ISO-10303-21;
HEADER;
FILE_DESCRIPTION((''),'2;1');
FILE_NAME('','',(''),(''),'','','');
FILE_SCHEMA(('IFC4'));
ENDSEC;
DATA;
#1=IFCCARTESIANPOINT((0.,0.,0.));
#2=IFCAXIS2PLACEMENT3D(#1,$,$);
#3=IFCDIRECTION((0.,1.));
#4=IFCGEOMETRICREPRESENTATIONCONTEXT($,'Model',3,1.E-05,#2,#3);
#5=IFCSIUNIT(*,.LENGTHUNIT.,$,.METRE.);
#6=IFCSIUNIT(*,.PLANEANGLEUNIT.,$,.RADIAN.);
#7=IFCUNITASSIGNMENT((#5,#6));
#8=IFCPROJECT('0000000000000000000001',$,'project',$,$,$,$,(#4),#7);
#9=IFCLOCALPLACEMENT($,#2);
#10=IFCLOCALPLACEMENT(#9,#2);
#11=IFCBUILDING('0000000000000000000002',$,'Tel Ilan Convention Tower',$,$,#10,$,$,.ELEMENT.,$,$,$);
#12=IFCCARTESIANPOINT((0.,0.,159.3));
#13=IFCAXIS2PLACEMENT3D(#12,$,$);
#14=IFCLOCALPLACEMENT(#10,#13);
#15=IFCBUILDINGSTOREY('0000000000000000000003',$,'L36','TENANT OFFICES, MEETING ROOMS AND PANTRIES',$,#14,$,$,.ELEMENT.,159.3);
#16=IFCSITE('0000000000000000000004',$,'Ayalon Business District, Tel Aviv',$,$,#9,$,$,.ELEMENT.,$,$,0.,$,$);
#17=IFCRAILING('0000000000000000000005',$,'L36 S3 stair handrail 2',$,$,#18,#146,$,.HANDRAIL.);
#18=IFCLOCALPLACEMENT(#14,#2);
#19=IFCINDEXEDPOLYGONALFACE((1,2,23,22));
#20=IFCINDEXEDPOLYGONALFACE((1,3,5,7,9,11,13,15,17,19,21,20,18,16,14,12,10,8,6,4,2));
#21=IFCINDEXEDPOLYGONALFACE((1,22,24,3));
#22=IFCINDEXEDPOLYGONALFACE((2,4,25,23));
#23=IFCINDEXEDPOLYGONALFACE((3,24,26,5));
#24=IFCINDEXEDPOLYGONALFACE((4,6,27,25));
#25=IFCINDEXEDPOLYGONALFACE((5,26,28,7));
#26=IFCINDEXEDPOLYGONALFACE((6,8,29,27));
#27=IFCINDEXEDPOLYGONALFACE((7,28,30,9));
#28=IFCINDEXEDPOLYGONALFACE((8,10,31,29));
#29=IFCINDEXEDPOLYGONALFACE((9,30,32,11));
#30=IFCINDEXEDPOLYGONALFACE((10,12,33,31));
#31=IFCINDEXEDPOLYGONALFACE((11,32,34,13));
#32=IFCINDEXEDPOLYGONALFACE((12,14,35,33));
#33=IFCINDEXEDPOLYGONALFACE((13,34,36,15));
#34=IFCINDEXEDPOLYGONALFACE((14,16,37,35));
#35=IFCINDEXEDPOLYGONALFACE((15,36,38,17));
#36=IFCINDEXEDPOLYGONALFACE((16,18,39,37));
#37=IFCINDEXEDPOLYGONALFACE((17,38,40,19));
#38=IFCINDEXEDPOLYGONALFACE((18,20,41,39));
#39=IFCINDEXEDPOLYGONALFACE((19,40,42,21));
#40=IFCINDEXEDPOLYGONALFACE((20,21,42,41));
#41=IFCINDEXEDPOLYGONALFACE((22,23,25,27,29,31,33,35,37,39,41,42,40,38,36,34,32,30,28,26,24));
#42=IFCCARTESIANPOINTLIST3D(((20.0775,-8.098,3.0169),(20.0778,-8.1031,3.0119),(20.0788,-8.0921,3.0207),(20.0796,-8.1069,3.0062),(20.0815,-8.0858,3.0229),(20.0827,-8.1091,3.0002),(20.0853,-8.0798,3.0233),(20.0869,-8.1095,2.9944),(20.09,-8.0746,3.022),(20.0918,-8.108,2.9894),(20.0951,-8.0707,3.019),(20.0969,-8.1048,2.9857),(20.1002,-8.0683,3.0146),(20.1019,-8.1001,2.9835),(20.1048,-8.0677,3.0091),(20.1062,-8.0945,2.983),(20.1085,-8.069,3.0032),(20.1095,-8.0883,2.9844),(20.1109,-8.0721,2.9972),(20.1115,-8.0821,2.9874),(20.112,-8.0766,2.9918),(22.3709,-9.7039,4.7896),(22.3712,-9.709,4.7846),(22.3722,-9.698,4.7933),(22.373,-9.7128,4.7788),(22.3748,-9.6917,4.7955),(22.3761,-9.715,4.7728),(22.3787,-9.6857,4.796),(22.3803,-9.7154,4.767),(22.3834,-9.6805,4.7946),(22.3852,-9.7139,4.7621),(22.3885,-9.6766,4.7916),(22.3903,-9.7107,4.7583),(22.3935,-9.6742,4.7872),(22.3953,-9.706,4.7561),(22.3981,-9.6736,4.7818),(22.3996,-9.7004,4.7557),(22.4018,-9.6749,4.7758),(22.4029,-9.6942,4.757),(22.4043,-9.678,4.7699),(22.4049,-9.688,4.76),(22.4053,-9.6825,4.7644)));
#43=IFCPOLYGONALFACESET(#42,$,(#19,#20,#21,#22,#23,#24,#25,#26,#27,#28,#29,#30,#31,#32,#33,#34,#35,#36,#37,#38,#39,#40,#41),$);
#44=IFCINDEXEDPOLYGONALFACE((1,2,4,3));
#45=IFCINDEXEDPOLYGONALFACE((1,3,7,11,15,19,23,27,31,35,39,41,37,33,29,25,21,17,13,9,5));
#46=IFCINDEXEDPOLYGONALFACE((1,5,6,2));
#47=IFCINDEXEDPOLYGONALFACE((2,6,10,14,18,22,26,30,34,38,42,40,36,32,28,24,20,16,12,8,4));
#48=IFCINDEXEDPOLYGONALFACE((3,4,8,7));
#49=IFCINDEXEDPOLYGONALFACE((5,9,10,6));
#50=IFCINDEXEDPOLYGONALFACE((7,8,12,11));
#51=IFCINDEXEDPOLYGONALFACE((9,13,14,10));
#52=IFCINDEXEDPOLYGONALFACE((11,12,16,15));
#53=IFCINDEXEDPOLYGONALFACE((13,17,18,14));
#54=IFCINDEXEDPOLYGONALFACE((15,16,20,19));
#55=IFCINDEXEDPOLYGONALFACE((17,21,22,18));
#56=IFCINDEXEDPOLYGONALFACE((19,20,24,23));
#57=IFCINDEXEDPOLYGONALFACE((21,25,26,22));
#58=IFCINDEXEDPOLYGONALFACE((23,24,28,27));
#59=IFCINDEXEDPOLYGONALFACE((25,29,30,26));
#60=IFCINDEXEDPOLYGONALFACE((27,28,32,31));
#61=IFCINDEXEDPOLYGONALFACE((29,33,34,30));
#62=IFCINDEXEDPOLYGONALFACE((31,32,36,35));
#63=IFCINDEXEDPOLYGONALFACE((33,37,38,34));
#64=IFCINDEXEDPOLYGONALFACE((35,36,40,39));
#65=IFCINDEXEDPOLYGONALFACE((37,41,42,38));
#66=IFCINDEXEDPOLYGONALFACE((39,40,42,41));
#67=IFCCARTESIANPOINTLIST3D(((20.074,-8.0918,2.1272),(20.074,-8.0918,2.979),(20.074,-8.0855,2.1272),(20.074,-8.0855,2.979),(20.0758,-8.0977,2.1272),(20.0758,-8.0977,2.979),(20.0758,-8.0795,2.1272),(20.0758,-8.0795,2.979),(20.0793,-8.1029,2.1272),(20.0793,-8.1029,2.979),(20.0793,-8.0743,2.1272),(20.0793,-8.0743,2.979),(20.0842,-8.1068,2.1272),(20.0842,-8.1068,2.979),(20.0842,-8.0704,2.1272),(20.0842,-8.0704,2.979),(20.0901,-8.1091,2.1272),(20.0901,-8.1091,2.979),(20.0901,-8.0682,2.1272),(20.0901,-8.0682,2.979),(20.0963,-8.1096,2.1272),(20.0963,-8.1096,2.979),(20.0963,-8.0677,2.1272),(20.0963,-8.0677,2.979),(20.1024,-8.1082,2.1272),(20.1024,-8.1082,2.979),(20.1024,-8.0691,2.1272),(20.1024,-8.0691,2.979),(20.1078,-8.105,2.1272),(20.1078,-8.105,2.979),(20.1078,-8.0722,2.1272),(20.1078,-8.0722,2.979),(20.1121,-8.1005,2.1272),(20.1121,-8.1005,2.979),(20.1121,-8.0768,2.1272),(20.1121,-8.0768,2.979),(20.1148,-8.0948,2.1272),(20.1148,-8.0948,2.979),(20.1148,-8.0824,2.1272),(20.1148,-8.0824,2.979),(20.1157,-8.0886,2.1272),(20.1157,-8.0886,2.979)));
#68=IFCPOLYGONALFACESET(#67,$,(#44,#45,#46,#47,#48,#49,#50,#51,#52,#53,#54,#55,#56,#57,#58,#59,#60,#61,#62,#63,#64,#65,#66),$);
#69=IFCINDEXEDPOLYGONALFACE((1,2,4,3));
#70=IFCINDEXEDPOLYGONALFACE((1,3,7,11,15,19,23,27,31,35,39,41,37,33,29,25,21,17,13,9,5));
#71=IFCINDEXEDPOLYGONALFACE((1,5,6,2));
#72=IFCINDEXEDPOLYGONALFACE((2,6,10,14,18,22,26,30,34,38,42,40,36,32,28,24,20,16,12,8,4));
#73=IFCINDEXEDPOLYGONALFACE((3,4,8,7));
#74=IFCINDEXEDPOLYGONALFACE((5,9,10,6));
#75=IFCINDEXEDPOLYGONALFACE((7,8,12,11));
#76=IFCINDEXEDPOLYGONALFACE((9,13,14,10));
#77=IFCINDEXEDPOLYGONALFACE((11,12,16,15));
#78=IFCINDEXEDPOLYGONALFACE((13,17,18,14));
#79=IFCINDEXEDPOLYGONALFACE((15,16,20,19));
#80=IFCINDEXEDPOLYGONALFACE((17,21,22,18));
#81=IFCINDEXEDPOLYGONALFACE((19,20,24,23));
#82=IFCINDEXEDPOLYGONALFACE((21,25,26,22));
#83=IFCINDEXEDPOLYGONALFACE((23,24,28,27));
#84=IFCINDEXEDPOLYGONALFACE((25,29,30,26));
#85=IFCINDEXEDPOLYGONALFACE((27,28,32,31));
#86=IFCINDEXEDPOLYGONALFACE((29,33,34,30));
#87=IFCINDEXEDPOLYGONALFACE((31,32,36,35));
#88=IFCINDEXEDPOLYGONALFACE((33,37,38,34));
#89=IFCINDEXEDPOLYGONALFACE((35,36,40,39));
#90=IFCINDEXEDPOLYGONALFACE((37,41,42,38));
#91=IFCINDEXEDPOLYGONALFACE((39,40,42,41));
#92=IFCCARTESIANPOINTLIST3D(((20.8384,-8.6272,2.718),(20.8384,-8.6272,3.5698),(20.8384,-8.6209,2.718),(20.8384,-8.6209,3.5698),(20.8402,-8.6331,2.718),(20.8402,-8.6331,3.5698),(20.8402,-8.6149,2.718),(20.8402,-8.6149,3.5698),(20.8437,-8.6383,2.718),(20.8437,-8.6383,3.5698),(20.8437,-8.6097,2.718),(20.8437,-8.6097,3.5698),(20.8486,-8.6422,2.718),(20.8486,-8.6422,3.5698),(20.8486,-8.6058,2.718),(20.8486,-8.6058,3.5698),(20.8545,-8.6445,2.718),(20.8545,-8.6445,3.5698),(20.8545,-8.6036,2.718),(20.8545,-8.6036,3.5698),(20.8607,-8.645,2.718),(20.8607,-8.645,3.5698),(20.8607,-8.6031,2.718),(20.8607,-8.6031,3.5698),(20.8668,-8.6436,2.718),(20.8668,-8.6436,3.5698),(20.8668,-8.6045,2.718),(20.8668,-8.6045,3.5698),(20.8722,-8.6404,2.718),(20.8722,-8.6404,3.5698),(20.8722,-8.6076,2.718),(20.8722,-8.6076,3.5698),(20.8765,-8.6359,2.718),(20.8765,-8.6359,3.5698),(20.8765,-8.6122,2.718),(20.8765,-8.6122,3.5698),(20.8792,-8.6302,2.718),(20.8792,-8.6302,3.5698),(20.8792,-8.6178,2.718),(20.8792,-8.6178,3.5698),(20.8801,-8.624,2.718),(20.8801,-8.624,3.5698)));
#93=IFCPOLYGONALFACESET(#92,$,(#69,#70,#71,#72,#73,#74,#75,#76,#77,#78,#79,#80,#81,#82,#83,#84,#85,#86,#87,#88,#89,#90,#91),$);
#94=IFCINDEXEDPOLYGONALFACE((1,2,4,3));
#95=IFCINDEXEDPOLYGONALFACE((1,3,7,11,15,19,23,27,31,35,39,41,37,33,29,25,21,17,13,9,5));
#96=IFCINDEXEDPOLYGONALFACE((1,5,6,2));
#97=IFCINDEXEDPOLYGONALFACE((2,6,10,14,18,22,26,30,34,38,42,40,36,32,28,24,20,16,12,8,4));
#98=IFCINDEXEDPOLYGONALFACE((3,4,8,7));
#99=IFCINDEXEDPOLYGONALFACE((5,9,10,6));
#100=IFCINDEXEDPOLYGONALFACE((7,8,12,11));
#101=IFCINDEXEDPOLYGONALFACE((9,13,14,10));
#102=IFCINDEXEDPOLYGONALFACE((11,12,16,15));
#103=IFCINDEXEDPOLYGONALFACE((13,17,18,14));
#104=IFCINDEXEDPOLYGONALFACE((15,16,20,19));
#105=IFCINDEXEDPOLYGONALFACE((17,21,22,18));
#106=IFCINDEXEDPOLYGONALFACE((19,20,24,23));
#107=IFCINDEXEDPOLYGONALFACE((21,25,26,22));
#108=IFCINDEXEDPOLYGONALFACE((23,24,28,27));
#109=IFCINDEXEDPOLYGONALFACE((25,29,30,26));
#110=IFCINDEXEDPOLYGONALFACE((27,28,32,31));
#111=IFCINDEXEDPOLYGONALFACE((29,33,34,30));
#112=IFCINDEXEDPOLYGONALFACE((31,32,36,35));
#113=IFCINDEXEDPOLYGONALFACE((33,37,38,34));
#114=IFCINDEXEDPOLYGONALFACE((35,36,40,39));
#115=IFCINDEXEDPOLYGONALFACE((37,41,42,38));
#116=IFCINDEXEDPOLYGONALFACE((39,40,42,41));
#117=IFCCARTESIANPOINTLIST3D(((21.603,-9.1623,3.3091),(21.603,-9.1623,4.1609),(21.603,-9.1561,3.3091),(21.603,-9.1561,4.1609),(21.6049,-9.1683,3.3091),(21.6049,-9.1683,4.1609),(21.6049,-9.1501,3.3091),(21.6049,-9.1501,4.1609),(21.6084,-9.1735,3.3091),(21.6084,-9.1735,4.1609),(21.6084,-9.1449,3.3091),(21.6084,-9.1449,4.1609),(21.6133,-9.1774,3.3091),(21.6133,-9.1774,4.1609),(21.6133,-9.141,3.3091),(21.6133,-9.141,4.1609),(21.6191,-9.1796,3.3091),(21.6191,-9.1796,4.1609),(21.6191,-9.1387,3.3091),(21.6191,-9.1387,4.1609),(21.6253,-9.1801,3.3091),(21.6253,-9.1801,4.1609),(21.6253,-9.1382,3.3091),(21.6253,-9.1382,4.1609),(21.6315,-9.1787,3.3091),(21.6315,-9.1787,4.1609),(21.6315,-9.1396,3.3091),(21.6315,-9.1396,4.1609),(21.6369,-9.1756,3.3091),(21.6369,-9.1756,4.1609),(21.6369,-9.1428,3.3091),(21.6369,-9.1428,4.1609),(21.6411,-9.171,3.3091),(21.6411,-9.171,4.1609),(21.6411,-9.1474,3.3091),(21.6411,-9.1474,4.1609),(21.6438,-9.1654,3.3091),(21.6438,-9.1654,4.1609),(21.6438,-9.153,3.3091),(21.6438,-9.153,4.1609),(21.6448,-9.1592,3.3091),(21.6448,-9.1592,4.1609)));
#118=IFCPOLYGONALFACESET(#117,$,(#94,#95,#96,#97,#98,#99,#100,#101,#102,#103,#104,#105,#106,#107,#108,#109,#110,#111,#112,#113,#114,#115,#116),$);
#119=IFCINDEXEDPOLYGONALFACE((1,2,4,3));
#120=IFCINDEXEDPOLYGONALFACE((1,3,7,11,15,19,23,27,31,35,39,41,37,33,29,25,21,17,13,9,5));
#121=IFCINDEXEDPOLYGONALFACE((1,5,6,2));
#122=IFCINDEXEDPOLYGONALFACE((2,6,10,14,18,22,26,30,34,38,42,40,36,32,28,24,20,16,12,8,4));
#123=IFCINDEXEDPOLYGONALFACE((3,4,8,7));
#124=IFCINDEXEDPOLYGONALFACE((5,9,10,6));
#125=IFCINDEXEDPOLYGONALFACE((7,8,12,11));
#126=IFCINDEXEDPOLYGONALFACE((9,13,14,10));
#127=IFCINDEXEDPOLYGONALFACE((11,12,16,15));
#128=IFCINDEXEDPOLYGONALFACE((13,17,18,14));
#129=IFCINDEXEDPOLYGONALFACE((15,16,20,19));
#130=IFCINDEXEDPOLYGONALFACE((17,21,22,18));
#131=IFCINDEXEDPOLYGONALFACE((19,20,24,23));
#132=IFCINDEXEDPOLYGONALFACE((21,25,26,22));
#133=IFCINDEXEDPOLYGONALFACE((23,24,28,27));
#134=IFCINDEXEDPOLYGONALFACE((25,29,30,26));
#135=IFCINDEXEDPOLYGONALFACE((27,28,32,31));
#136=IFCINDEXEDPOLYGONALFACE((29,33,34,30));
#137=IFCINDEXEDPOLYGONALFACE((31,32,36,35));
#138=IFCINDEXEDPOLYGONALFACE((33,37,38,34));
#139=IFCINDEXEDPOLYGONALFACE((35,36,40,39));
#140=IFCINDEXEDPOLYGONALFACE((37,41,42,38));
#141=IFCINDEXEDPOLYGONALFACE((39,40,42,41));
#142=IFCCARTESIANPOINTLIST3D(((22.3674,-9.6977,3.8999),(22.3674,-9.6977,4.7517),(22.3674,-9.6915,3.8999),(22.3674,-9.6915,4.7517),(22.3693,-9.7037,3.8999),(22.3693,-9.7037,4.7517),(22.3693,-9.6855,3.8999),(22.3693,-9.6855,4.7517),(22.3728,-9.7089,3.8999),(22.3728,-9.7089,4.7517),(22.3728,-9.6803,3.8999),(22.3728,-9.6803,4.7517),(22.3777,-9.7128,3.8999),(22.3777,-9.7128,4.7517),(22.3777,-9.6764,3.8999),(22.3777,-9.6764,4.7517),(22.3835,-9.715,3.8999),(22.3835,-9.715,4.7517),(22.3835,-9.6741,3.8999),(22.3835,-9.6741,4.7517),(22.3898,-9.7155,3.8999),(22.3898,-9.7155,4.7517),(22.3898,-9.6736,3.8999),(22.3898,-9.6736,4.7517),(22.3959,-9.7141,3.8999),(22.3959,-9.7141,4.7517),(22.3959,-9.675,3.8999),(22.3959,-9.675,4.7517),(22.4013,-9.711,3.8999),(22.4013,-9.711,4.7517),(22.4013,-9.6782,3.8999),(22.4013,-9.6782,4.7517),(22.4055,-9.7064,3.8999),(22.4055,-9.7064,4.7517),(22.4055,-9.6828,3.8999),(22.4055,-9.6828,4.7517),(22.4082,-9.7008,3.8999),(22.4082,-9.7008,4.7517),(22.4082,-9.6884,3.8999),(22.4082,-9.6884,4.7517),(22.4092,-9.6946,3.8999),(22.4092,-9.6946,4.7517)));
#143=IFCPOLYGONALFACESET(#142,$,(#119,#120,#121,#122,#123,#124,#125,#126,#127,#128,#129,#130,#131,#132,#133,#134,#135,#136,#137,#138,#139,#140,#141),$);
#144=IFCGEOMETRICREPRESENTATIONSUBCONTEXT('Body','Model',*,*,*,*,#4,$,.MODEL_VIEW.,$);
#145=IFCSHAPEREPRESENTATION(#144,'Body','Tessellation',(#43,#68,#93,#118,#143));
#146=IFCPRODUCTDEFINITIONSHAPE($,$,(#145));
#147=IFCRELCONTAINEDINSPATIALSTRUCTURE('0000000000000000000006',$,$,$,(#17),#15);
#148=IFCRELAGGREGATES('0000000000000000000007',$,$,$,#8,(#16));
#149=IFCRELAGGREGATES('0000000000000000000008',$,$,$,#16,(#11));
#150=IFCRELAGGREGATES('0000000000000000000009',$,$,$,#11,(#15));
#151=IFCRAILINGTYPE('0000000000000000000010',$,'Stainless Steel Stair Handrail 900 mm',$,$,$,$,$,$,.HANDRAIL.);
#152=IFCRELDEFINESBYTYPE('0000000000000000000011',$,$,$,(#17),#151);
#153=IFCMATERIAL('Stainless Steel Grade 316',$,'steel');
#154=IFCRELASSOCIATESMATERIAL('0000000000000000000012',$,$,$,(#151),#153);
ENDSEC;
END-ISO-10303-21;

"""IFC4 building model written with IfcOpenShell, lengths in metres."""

from ifc_helpers import new_model, si_unit, direction, frame, origin, origin_2d, place, context, subcontext, project, spatial, circle, extrude, material, type_object, element, save


model = new_model("IFC4")

# Units and contexts
model_context = context("Model", 3, precision=1e-05, world=origin(), true_north=direction((0.0, 1.0)))
body_context = subcontext(model_context, "Body", "Model", "MODEL_VIEW")
ifc_project = project(units=[si_unit("LENGTHUNIT", "METRE"), si_unit("PLANEANGLEUNIT", "RADIAN")], contexts=[model_context])

# Site, building, storey
site_placement = place(None, origin())
site = spatial("IfcSite", under=ifc_project, at=site_placement, Name="Ayalon Business District, Tel Aviv", CompositionType="ELEMENT", RefElevation=0.0)
building_placement = place(site_placement, origin())
building = spatial("IfcBuilding", under=site, at=building_placement, Name="Tel Ilan Convention Tower", CompositionType="ELEMENT")
storey_placement = place(building_placement, frame((0.0, 0.0, 159.3)))
storey = spatial("IfcBuildingStorey", under=building, at=storey_placement, Name="L36", Description="TENANT OFFICES, MEETING ROOMS AND PANTRIES", CompositionType="ELEMENT", Elevation=159.3)

# Railing
ifc_material_1 = material(Name="Stainless Steel Grade 316", Category="steel")
railing_type_1 = type_object("IfcRailingType", Name="Stainless Steel Stair Handrail 900 mm", PredefinedType="HANDRAIL", material=ifc_material_1)
railing_1_placement = place(storey_placement, frame((20.0947, -8.0886, 2.1272)))
element("IfcRailing", 1, at=railing_1_placement, inside=storey, type_object=railing_type_1, Name="L36 S3 stair handrail 2", PredefinedType="HANDRAIL", context=body_context, shape_type="SweptSolid", body=[
    extrude(circle(Radius=0.0239, at=origin_2d()), frame((0.0, 0.0, 0.876), z_axis=(0.692085, -0.484621, 0.53494), x_axis=(0.573591, 0.819142, 0.0)), (0.0, 0.0, 1.0), 3.3137),
    extrude(circle(Radius=0.021, at=origin_2d()), origin(), (0.0, 0.0, 1.0), 0.8518),
    extrude(circle(Radius=0.021, at=origin_2d()), frame((0.7644, -0.5354, 0.5908)), (0.0, 0.0, 1.0), 0.8518),
    extrude(circle(Radius=0.021, at=origin_2d()), frame((1.5291, -1.0706, 1.1819)), (0.0, 0.0, 1.0), 0.8518),
    extrude(circle(Radius=0.021, at=origin_2d()), frame((2.2935, -1.606, 1.7727)), (0.0, 0.0, 1.0), 0.8518),
])

save(model, "model.ifc")
